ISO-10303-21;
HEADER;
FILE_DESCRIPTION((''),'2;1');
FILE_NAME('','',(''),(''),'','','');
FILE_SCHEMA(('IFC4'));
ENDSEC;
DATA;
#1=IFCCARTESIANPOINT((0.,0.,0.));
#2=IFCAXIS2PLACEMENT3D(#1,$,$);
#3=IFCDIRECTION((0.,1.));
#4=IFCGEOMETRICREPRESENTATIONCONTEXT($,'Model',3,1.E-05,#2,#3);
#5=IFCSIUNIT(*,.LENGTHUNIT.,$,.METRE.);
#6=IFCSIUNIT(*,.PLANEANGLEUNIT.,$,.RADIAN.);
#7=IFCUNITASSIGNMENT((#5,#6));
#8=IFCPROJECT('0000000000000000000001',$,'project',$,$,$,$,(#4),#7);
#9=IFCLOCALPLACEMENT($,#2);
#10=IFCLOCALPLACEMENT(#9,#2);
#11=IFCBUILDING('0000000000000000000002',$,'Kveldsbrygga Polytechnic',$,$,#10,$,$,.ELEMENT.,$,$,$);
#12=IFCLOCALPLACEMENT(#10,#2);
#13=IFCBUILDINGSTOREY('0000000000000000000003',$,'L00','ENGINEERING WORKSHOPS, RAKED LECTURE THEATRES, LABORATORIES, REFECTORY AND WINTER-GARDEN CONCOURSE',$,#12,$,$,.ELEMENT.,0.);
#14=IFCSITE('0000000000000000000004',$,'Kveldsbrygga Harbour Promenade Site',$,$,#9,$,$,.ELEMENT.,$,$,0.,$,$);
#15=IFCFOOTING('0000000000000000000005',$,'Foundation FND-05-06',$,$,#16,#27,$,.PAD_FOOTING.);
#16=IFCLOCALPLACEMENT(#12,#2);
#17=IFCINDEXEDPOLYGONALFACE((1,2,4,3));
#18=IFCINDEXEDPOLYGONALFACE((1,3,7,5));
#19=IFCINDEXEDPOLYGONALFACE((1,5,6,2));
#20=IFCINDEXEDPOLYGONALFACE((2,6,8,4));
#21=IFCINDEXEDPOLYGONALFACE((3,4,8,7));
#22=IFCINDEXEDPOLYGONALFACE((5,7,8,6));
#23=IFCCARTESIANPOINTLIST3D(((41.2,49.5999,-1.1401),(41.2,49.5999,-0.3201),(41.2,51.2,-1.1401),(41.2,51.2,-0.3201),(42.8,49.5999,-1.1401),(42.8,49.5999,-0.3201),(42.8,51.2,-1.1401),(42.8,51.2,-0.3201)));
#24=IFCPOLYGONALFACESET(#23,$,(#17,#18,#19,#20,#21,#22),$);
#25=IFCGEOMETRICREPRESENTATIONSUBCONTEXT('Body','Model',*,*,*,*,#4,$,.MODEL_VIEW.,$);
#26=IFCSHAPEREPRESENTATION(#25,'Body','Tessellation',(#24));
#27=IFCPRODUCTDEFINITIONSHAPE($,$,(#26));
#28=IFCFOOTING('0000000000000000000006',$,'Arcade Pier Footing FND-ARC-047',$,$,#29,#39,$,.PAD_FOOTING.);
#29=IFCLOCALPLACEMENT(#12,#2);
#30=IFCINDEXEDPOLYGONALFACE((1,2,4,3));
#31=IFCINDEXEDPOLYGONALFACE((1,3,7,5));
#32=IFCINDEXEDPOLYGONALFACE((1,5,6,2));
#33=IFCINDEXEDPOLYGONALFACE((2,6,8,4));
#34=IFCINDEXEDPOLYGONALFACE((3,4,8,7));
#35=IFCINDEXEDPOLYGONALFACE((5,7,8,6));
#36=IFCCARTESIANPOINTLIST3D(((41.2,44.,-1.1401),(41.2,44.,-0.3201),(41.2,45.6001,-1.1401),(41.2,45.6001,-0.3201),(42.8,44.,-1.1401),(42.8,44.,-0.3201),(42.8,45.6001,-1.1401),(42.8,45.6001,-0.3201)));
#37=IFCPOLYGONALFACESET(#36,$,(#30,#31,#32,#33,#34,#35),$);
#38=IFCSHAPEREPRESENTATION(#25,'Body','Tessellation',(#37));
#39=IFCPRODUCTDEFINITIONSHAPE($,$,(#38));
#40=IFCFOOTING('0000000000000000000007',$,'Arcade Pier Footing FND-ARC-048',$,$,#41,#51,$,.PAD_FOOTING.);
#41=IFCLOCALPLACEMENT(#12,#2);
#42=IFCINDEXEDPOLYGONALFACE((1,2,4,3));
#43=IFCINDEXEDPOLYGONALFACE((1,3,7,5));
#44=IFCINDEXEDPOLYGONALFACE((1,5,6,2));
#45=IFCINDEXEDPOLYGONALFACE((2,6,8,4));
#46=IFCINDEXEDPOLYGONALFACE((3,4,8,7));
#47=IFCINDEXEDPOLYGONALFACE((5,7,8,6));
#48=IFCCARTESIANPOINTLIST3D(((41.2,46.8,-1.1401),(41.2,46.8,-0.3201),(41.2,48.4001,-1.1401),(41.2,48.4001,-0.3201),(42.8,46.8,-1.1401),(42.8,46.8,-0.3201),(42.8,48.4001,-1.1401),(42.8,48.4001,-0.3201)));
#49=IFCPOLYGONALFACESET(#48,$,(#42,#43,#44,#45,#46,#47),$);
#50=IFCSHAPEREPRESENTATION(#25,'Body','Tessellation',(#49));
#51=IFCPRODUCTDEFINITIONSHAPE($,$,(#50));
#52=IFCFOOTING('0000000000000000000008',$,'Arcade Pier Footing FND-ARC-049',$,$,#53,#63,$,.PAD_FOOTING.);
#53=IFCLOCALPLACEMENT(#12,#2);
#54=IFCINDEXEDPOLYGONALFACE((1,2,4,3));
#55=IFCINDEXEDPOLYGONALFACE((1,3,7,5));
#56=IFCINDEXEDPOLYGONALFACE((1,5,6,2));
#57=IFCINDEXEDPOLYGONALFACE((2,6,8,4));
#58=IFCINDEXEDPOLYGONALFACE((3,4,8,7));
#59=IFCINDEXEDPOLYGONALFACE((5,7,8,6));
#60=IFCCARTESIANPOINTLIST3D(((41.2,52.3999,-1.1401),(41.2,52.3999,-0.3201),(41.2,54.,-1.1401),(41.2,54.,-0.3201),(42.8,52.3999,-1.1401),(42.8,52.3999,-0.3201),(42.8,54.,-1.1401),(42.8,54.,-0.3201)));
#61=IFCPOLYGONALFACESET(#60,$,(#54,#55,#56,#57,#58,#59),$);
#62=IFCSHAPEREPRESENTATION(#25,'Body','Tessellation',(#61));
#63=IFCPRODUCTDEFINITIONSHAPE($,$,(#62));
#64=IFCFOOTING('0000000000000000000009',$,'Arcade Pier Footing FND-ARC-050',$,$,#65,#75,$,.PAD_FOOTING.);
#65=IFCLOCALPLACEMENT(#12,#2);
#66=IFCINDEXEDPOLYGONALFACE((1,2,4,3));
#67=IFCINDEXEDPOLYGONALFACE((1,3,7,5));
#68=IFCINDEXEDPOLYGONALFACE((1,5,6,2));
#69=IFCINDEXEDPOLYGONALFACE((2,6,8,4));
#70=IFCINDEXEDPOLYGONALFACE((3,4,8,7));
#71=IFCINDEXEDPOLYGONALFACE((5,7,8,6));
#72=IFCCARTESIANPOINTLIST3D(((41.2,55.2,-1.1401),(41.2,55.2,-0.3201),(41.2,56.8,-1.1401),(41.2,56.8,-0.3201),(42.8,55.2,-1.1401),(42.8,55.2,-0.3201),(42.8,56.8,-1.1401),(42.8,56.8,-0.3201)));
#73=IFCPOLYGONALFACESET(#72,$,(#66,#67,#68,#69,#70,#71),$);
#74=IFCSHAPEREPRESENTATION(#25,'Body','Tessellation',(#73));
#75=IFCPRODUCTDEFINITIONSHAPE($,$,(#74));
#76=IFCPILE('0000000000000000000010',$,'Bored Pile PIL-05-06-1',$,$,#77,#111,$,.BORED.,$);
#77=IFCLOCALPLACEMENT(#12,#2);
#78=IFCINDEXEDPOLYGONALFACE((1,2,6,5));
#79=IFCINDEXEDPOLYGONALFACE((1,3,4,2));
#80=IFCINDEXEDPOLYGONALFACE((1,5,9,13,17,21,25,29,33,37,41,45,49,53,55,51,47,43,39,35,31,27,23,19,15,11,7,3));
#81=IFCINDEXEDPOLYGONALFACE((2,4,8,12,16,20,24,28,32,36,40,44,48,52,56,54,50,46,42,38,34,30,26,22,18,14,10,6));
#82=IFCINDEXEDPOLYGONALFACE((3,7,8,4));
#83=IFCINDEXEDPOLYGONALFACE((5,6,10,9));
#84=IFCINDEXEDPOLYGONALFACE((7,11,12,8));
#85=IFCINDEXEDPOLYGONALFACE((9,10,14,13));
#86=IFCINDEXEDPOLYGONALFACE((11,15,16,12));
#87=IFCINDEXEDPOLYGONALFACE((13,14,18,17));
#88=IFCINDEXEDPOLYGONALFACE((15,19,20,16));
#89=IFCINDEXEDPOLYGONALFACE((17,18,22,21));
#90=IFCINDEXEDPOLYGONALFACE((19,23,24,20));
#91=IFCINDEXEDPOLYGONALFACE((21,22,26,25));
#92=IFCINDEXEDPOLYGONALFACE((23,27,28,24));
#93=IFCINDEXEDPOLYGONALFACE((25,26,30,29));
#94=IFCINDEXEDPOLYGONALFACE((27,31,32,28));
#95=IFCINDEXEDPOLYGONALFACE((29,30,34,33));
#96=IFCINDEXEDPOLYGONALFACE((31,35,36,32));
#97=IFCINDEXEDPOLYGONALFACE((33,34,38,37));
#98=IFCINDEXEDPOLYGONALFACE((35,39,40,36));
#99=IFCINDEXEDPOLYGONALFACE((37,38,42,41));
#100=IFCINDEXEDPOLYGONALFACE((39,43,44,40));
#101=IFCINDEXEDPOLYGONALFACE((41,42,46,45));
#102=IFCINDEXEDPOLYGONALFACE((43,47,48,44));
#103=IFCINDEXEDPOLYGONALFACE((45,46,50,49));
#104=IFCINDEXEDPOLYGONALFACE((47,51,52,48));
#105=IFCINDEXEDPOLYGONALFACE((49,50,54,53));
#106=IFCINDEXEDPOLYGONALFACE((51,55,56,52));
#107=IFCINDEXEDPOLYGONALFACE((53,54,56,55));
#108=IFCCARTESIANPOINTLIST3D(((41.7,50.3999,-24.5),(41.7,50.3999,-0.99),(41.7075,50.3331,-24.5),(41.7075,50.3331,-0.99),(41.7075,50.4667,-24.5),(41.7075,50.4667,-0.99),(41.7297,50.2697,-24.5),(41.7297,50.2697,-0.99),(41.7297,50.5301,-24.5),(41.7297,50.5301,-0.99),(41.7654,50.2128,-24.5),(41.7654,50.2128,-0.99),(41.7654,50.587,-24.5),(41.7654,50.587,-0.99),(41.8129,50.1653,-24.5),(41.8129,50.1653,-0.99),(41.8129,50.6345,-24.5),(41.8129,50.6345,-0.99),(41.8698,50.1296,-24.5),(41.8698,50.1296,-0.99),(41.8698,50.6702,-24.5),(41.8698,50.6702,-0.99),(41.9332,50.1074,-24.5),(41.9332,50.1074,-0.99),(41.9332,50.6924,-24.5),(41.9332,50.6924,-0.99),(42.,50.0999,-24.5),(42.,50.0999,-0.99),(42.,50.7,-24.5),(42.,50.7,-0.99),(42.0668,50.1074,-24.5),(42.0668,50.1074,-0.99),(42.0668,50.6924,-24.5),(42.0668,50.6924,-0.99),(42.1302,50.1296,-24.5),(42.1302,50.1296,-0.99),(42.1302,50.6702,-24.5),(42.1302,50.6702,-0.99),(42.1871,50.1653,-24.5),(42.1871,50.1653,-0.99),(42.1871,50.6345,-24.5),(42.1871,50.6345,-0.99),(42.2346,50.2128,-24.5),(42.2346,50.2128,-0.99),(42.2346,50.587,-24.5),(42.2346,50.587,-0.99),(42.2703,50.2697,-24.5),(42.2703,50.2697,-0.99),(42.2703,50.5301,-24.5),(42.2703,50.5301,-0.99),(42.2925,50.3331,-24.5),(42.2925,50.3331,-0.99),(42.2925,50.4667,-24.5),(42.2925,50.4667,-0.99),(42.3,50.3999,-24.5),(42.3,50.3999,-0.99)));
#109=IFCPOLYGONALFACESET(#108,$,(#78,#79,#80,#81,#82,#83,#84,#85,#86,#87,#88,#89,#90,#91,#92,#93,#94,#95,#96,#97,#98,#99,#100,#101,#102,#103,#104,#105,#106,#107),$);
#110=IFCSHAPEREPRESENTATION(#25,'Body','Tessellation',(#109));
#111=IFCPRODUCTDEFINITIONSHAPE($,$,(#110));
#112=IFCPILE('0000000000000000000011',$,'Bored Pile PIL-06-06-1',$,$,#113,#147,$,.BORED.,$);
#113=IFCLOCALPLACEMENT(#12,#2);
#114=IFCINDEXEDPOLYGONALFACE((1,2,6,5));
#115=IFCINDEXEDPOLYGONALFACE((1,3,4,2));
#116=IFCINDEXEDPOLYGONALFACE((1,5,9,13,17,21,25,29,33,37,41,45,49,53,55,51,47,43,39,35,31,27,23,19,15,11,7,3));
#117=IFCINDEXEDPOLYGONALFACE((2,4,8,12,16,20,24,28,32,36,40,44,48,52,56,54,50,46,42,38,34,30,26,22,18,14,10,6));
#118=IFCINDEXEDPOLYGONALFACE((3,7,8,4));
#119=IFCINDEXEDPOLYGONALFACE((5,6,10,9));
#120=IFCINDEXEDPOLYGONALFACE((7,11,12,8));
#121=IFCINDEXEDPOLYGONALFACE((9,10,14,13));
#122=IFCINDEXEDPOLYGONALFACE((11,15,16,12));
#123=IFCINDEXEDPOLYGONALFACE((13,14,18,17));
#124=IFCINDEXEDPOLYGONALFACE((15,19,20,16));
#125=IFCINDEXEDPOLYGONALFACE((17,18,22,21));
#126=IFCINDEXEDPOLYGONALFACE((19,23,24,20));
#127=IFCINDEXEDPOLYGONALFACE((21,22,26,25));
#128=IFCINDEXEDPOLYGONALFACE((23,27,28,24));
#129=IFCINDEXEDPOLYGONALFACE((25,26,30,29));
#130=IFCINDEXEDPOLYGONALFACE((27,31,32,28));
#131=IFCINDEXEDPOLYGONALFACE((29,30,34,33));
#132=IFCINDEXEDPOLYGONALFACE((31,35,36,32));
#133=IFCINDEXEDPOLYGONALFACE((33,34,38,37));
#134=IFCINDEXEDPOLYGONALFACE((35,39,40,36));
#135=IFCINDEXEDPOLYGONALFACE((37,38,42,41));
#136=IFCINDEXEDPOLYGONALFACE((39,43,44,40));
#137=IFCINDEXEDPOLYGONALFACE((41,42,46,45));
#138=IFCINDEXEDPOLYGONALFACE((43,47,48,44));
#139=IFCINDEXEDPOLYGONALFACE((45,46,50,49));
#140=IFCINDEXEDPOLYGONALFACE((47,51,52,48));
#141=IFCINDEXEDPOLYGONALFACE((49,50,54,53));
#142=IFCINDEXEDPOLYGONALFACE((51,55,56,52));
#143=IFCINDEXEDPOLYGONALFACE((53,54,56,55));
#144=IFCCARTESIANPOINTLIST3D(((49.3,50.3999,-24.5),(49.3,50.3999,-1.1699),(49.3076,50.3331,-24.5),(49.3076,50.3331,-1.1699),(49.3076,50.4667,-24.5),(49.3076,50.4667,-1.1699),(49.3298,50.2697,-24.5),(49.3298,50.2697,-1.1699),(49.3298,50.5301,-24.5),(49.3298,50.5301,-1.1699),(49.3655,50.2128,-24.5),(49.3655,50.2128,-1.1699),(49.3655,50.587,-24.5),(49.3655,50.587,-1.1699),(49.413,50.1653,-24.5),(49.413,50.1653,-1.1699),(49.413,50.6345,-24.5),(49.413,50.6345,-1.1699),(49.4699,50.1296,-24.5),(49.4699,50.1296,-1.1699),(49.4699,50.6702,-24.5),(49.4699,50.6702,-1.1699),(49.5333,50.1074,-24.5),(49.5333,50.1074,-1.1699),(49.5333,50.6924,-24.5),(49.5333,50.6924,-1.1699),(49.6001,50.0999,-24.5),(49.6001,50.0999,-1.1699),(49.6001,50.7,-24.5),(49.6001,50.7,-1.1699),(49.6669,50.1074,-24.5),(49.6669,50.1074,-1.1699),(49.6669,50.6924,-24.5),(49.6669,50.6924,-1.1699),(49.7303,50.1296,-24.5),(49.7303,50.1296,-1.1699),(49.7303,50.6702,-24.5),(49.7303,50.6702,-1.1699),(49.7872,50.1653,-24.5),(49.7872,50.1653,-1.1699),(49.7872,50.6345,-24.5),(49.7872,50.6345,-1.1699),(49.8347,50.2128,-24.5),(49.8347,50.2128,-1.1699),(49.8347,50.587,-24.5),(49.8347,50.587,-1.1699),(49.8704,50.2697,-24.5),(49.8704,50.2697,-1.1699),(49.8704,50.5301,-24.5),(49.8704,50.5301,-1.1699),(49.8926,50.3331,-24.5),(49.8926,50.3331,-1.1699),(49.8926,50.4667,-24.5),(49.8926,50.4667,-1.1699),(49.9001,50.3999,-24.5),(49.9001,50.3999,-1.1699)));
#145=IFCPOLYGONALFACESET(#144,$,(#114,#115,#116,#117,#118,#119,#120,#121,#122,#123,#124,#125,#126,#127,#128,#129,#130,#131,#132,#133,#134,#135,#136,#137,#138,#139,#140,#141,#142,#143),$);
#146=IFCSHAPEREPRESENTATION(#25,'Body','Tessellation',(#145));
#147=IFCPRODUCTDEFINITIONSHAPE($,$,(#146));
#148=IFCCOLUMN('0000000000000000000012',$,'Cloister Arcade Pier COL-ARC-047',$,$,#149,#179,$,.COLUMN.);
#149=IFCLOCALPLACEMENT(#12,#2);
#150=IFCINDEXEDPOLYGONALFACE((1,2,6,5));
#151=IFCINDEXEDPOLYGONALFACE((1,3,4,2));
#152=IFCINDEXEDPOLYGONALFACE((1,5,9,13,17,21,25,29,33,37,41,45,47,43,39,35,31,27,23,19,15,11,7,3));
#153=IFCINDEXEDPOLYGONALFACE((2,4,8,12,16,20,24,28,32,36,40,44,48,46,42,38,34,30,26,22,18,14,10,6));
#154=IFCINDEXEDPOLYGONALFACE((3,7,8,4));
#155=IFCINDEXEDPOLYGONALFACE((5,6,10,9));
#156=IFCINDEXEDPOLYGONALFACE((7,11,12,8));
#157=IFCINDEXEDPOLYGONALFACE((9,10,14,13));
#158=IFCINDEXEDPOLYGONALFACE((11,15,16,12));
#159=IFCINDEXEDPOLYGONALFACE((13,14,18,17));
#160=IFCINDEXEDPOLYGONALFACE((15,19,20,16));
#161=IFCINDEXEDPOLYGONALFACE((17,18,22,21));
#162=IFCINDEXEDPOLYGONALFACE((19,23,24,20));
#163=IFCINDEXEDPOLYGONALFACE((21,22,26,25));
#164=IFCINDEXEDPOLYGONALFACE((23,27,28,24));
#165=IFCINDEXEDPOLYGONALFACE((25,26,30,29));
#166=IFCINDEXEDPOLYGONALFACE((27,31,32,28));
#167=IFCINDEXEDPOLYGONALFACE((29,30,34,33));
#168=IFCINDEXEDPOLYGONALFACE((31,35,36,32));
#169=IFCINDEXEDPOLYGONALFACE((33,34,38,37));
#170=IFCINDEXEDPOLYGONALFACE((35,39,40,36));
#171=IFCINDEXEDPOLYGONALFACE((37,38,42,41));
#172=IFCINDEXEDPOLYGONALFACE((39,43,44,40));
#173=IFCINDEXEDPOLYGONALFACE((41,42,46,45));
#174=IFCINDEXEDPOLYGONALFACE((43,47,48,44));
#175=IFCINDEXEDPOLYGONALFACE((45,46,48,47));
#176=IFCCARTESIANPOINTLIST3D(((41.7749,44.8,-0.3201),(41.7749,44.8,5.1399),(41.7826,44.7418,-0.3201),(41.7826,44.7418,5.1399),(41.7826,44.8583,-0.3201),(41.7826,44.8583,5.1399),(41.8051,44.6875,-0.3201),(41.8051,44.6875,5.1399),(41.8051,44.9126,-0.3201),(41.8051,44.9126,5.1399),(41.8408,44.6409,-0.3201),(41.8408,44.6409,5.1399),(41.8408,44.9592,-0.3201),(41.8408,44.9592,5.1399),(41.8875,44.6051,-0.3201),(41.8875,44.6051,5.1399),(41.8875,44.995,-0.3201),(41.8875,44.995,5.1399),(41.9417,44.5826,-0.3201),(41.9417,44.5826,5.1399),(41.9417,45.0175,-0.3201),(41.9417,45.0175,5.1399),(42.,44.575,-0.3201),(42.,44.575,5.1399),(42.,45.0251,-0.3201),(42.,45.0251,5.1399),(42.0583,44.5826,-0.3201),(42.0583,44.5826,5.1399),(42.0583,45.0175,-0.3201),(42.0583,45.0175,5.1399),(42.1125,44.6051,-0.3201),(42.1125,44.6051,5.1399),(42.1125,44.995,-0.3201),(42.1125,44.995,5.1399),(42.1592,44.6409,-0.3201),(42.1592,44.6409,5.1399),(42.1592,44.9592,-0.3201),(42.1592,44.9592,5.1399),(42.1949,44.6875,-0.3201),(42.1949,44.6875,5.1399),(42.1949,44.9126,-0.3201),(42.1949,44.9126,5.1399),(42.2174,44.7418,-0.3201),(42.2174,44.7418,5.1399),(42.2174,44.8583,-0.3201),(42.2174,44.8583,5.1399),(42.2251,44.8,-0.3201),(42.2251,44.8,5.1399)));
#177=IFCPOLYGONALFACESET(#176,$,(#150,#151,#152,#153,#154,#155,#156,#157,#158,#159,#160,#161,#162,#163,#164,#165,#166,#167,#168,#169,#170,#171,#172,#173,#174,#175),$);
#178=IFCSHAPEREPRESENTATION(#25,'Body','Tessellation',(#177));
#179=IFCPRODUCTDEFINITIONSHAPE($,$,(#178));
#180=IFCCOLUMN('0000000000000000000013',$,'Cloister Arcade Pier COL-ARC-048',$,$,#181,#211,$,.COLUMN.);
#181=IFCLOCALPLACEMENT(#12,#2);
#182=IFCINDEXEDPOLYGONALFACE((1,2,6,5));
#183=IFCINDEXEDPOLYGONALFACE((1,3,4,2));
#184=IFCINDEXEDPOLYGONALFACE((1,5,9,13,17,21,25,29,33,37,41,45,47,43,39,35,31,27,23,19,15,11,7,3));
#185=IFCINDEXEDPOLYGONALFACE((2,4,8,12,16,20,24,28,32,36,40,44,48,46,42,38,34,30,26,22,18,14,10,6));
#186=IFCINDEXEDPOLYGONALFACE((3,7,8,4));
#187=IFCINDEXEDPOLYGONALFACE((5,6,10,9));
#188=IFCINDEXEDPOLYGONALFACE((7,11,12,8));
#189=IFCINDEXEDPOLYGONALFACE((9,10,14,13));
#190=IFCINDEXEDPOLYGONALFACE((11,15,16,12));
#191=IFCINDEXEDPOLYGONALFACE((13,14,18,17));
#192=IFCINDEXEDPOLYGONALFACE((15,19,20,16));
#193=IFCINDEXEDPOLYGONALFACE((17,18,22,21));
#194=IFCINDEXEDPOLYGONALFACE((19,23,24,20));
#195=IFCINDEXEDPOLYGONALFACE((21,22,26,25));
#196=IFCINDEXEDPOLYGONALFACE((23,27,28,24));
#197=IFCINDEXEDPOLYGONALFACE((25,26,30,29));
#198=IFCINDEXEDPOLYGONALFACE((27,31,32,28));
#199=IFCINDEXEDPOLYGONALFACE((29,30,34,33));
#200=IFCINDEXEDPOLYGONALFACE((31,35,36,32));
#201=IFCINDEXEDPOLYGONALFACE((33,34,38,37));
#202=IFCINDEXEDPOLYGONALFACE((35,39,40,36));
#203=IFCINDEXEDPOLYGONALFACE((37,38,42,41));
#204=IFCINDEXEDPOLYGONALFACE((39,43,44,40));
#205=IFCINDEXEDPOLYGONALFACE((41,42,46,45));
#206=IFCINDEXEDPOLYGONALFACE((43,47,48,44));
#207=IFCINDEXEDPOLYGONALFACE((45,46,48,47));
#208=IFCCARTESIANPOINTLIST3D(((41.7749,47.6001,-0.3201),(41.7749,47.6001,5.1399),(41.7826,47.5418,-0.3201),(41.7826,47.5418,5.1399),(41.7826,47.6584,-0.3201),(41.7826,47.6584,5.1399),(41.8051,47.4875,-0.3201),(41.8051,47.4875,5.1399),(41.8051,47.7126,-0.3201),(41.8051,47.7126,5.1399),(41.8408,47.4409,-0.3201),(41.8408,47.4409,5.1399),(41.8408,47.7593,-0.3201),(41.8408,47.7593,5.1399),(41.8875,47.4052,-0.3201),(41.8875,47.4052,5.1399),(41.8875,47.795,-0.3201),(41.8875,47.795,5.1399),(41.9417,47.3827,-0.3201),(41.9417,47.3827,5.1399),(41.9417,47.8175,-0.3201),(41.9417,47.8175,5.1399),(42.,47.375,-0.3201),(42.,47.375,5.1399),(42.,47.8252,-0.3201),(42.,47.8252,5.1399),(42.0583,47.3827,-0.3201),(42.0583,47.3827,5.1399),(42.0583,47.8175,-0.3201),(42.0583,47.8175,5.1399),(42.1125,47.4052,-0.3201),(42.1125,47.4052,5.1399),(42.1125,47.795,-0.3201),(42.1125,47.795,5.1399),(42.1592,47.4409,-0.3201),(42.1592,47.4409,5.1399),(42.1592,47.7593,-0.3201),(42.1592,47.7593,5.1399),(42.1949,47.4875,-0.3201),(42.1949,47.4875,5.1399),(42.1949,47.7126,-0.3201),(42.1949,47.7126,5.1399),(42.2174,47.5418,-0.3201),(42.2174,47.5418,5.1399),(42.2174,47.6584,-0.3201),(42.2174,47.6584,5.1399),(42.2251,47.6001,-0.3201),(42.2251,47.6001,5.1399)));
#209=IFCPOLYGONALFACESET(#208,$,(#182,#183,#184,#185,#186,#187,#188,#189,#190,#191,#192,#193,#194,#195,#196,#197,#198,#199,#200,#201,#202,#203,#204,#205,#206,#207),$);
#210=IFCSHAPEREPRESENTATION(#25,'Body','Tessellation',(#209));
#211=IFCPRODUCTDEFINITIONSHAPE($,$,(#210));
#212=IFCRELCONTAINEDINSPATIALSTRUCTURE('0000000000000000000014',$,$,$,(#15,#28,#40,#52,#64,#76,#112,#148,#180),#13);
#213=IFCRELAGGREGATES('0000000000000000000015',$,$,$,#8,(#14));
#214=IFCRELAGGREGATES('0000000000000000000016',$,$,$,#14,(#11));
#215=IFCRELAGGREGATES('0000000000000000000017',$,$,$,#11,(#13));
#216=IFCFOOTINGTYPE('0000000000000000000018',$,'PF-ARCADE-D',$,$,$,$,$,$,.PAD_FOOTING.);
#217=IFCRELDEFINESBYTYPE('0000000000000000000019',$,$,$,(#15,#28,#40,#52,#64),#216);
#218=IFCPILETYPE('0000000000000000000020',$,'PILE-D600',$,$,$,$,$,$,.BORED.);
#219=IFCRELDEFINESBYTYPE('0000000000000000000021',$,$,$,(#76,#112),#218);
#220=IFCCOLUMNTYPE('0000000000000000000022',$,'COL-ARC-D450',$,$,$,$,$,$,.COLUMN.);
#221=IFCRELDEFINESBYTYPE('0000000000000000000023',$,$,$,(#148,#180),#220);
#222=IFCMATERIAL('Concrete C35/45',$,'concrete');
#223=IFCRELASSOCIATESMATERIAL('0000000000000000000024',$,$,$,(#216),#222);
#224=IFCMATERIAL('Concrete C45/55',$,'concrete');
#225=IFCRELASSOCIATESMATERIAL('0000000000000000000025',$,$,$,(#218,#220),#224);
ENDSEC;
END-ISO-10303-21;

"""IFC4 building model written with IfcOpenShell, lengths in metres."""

from ifc_helpers import new_model, si_unit, direction, frame, origin, origin_2d, place, context, subcontext, project, spatial, rectangle, circle, extrude, material, material_profile, profile_set, type_object, element, save


model = new_model("IFC4")

# Units and contexts
model_context = context("Model", 3, precision=1e-05, world=origin(), true_north=direction((0.0, 1.0)))
body_context = subcontext(model_context, "Body", "Model", "MODEL_VIEW")
ifc_project = project(units=[si_unit("LENGTHUNIT", "METRE"), si_unit("PLANEANGLEUNIT", "RADIAN")], contexts=[model_context])

# Site, building, storey
site_placement = place(None, origin())
site = spatial("IfcSite", under=ifc_project, at=site_placement, Name="Kveldsbrygga Harbour Promenade Site", CompositionType="ELEMENT", RefElevation=0.0)
building_placement = place(site_placement, origin())
building = spatial("IfcBuilding", under=site, at=building_placement, Name="Kveldsbrygga Polytechnic", CompositionType="ELEMENT")
storey_placement = place(building_placement, origin())
storey = spatial("IfcBuildingStorey", under=building, at=storey_placement, Name="L00", Description="ENGINEERING WORKSHOPS, RAKED LECTURE THEATRES, LABORATORIES, REFECTORY AND WINTER-GARDEN CONCOURSE", CompositionType="ELEMENT", Elevation=0.0)

# Footings
ifc_material_1 = material(Name="Concrete C35/45", Category="concrete")
footing_type = type_object("IfcFootingType", Name="PF-ARCADE-D", PredefinedType="PAD_FOOTING", material=ifc_material_1)
for number, where, z_axis, x_axis, name in (
    (1, (42.0, 50.3999, -1.1401), (0.0, 0.0, 1.0), (1.0, 0.0, 0.0), "Foundation FND-05-06"),
    (2, (42.0, 44.8, -1.1401), (0.0, 0.0, 1.0), (1.0, 0.0, 0.0), "Arcade Pier Footing FND-ARC-047"),
    (3, (42.0, 47.6001, -1.1401), (0.0, 0.0, 1.0), (1.0, 0.0, 0.0), "Arcade Pier Footing FND-ARC-048"),
    (4, (42.0, 53.2, -1.1401), (0.0, 0.0, 1.0), (1.0, 0.0, 0.0), "Arcade Pier Footing FND-ARC-049"),
    (5, (42.0, 56.0, -1.1401), (0.0, 0.0, 1.0), (1.0, 0.0, 0.0), "Arcade Pier Footing FND-ARC-050"),
):
    element("IfcFooting", number, at=place(storey_placement, frame(where, z_axis=z_axis, x_axis=x_axis)), inside=storey, type_object=footing_type, Name=name, PredefinedType="PAD_FOOTING", context=body_context, shape_type="SweptSolid", body=[
        extrude(rectangle(XDim=1.6001, YDim=1.6001, at=origin_2d()), origin(), (0.0, 0.0, 1.0), 0.8201),
    ])

# Piles
ifc_material_2 = material(Name="Concrete C45/55", Category="concrete")
ifc_material_profile_1 = material_profile(ifc_material_2, circle(Radius=0.3, at=origin_2d()), Name="PILE D600")
ifc_profile_set_1 = profile_set([ifc_material_profile_1], Name="Concrete C45/55")
pile_type = type_object("IfcPileType", Name="PILE-D600", PredefinedType="BORED", material=ifc_profile_set_1)
pile_1_placement = place(storey_placement, frame((42.0, 50.3999, -0.99), z_axis=(0.0, 0.0, -1.0), x_axis=(1.0, 0.0, 0.0)))
element("IfcPile", 6, at=pile_1_placement, inside=storey, type_object=pile_type, Name="Bored Pile PIL-05-06-1", PredefinedType="BORED", context=body_context, shape_type="SweptSolid", body=[
    extrude(circle(Radius=0.3, at=origin_2d()), origin(), (0.0, 0.0, 1.0), 23.51),
])
pile_2_placement = place(storey_placement, frame((49.6001, 50.3999, -1.1699), z_axis=(0.0, 0.0, -1.0), x_axis=(1.0, 0.0, 0.0)))
element("IfcPile", 7, at=pile_2_placement, inside=storey, type_object=pile_type, Name="Bored Pile PIL-06-06-1", PredefinedType="BORED", context=body_context, shape_type="SweptSolid", body=[
    extrude(circle(Radius=0.3, at=origin_2d()), origin(), (0.0, 0.0, 1.0), 23.3301),
])

# Columns
ifc_material_profile_2 = material_profile(ifc_material_2, circle(Radius=0.2251, at=origin_2d()), Name="RC D450")
ifc_profile_set_2 = profile_set([ifc_material_profile_2], Name="Concrete C45/55")
column_type_1 = type_object("IfcColumnType", Name="COL-ARC-D450", PredefinedType="COLUMN", material=ifc_profile_set_2)
for number, where, z_axis, x_axis, name in (
    (8, (42.0, 44.8, -0.3201), (0.0, 0.0, 1.0), (1.0, 0.0, 0.0), "Cloister Arcade Pier COL-ARC-047"),
    (9, (42.0, 47.6001, -0.3201), (0.0, 0.0, 1.0), (1.0, 0.0, 0.0), "Cloister Arcade Pier COL-ARC-048"),
):
    element("IfcColumn", number, at=place(storey_placement, frame(where, z_axis=z_axis, x_axis=x_axis)), inside=storey, type_object=column_type_1, Name=name, PredefinedType="COLUMN", context=body_context, shape_type="SweptSolid", body=[
        extrude(circle(Radius=0.2251, at=origin_2d()), origin(), (0.0, 0.0, 1.0), 5.46),
    ])

save(model, "model.ifc")
